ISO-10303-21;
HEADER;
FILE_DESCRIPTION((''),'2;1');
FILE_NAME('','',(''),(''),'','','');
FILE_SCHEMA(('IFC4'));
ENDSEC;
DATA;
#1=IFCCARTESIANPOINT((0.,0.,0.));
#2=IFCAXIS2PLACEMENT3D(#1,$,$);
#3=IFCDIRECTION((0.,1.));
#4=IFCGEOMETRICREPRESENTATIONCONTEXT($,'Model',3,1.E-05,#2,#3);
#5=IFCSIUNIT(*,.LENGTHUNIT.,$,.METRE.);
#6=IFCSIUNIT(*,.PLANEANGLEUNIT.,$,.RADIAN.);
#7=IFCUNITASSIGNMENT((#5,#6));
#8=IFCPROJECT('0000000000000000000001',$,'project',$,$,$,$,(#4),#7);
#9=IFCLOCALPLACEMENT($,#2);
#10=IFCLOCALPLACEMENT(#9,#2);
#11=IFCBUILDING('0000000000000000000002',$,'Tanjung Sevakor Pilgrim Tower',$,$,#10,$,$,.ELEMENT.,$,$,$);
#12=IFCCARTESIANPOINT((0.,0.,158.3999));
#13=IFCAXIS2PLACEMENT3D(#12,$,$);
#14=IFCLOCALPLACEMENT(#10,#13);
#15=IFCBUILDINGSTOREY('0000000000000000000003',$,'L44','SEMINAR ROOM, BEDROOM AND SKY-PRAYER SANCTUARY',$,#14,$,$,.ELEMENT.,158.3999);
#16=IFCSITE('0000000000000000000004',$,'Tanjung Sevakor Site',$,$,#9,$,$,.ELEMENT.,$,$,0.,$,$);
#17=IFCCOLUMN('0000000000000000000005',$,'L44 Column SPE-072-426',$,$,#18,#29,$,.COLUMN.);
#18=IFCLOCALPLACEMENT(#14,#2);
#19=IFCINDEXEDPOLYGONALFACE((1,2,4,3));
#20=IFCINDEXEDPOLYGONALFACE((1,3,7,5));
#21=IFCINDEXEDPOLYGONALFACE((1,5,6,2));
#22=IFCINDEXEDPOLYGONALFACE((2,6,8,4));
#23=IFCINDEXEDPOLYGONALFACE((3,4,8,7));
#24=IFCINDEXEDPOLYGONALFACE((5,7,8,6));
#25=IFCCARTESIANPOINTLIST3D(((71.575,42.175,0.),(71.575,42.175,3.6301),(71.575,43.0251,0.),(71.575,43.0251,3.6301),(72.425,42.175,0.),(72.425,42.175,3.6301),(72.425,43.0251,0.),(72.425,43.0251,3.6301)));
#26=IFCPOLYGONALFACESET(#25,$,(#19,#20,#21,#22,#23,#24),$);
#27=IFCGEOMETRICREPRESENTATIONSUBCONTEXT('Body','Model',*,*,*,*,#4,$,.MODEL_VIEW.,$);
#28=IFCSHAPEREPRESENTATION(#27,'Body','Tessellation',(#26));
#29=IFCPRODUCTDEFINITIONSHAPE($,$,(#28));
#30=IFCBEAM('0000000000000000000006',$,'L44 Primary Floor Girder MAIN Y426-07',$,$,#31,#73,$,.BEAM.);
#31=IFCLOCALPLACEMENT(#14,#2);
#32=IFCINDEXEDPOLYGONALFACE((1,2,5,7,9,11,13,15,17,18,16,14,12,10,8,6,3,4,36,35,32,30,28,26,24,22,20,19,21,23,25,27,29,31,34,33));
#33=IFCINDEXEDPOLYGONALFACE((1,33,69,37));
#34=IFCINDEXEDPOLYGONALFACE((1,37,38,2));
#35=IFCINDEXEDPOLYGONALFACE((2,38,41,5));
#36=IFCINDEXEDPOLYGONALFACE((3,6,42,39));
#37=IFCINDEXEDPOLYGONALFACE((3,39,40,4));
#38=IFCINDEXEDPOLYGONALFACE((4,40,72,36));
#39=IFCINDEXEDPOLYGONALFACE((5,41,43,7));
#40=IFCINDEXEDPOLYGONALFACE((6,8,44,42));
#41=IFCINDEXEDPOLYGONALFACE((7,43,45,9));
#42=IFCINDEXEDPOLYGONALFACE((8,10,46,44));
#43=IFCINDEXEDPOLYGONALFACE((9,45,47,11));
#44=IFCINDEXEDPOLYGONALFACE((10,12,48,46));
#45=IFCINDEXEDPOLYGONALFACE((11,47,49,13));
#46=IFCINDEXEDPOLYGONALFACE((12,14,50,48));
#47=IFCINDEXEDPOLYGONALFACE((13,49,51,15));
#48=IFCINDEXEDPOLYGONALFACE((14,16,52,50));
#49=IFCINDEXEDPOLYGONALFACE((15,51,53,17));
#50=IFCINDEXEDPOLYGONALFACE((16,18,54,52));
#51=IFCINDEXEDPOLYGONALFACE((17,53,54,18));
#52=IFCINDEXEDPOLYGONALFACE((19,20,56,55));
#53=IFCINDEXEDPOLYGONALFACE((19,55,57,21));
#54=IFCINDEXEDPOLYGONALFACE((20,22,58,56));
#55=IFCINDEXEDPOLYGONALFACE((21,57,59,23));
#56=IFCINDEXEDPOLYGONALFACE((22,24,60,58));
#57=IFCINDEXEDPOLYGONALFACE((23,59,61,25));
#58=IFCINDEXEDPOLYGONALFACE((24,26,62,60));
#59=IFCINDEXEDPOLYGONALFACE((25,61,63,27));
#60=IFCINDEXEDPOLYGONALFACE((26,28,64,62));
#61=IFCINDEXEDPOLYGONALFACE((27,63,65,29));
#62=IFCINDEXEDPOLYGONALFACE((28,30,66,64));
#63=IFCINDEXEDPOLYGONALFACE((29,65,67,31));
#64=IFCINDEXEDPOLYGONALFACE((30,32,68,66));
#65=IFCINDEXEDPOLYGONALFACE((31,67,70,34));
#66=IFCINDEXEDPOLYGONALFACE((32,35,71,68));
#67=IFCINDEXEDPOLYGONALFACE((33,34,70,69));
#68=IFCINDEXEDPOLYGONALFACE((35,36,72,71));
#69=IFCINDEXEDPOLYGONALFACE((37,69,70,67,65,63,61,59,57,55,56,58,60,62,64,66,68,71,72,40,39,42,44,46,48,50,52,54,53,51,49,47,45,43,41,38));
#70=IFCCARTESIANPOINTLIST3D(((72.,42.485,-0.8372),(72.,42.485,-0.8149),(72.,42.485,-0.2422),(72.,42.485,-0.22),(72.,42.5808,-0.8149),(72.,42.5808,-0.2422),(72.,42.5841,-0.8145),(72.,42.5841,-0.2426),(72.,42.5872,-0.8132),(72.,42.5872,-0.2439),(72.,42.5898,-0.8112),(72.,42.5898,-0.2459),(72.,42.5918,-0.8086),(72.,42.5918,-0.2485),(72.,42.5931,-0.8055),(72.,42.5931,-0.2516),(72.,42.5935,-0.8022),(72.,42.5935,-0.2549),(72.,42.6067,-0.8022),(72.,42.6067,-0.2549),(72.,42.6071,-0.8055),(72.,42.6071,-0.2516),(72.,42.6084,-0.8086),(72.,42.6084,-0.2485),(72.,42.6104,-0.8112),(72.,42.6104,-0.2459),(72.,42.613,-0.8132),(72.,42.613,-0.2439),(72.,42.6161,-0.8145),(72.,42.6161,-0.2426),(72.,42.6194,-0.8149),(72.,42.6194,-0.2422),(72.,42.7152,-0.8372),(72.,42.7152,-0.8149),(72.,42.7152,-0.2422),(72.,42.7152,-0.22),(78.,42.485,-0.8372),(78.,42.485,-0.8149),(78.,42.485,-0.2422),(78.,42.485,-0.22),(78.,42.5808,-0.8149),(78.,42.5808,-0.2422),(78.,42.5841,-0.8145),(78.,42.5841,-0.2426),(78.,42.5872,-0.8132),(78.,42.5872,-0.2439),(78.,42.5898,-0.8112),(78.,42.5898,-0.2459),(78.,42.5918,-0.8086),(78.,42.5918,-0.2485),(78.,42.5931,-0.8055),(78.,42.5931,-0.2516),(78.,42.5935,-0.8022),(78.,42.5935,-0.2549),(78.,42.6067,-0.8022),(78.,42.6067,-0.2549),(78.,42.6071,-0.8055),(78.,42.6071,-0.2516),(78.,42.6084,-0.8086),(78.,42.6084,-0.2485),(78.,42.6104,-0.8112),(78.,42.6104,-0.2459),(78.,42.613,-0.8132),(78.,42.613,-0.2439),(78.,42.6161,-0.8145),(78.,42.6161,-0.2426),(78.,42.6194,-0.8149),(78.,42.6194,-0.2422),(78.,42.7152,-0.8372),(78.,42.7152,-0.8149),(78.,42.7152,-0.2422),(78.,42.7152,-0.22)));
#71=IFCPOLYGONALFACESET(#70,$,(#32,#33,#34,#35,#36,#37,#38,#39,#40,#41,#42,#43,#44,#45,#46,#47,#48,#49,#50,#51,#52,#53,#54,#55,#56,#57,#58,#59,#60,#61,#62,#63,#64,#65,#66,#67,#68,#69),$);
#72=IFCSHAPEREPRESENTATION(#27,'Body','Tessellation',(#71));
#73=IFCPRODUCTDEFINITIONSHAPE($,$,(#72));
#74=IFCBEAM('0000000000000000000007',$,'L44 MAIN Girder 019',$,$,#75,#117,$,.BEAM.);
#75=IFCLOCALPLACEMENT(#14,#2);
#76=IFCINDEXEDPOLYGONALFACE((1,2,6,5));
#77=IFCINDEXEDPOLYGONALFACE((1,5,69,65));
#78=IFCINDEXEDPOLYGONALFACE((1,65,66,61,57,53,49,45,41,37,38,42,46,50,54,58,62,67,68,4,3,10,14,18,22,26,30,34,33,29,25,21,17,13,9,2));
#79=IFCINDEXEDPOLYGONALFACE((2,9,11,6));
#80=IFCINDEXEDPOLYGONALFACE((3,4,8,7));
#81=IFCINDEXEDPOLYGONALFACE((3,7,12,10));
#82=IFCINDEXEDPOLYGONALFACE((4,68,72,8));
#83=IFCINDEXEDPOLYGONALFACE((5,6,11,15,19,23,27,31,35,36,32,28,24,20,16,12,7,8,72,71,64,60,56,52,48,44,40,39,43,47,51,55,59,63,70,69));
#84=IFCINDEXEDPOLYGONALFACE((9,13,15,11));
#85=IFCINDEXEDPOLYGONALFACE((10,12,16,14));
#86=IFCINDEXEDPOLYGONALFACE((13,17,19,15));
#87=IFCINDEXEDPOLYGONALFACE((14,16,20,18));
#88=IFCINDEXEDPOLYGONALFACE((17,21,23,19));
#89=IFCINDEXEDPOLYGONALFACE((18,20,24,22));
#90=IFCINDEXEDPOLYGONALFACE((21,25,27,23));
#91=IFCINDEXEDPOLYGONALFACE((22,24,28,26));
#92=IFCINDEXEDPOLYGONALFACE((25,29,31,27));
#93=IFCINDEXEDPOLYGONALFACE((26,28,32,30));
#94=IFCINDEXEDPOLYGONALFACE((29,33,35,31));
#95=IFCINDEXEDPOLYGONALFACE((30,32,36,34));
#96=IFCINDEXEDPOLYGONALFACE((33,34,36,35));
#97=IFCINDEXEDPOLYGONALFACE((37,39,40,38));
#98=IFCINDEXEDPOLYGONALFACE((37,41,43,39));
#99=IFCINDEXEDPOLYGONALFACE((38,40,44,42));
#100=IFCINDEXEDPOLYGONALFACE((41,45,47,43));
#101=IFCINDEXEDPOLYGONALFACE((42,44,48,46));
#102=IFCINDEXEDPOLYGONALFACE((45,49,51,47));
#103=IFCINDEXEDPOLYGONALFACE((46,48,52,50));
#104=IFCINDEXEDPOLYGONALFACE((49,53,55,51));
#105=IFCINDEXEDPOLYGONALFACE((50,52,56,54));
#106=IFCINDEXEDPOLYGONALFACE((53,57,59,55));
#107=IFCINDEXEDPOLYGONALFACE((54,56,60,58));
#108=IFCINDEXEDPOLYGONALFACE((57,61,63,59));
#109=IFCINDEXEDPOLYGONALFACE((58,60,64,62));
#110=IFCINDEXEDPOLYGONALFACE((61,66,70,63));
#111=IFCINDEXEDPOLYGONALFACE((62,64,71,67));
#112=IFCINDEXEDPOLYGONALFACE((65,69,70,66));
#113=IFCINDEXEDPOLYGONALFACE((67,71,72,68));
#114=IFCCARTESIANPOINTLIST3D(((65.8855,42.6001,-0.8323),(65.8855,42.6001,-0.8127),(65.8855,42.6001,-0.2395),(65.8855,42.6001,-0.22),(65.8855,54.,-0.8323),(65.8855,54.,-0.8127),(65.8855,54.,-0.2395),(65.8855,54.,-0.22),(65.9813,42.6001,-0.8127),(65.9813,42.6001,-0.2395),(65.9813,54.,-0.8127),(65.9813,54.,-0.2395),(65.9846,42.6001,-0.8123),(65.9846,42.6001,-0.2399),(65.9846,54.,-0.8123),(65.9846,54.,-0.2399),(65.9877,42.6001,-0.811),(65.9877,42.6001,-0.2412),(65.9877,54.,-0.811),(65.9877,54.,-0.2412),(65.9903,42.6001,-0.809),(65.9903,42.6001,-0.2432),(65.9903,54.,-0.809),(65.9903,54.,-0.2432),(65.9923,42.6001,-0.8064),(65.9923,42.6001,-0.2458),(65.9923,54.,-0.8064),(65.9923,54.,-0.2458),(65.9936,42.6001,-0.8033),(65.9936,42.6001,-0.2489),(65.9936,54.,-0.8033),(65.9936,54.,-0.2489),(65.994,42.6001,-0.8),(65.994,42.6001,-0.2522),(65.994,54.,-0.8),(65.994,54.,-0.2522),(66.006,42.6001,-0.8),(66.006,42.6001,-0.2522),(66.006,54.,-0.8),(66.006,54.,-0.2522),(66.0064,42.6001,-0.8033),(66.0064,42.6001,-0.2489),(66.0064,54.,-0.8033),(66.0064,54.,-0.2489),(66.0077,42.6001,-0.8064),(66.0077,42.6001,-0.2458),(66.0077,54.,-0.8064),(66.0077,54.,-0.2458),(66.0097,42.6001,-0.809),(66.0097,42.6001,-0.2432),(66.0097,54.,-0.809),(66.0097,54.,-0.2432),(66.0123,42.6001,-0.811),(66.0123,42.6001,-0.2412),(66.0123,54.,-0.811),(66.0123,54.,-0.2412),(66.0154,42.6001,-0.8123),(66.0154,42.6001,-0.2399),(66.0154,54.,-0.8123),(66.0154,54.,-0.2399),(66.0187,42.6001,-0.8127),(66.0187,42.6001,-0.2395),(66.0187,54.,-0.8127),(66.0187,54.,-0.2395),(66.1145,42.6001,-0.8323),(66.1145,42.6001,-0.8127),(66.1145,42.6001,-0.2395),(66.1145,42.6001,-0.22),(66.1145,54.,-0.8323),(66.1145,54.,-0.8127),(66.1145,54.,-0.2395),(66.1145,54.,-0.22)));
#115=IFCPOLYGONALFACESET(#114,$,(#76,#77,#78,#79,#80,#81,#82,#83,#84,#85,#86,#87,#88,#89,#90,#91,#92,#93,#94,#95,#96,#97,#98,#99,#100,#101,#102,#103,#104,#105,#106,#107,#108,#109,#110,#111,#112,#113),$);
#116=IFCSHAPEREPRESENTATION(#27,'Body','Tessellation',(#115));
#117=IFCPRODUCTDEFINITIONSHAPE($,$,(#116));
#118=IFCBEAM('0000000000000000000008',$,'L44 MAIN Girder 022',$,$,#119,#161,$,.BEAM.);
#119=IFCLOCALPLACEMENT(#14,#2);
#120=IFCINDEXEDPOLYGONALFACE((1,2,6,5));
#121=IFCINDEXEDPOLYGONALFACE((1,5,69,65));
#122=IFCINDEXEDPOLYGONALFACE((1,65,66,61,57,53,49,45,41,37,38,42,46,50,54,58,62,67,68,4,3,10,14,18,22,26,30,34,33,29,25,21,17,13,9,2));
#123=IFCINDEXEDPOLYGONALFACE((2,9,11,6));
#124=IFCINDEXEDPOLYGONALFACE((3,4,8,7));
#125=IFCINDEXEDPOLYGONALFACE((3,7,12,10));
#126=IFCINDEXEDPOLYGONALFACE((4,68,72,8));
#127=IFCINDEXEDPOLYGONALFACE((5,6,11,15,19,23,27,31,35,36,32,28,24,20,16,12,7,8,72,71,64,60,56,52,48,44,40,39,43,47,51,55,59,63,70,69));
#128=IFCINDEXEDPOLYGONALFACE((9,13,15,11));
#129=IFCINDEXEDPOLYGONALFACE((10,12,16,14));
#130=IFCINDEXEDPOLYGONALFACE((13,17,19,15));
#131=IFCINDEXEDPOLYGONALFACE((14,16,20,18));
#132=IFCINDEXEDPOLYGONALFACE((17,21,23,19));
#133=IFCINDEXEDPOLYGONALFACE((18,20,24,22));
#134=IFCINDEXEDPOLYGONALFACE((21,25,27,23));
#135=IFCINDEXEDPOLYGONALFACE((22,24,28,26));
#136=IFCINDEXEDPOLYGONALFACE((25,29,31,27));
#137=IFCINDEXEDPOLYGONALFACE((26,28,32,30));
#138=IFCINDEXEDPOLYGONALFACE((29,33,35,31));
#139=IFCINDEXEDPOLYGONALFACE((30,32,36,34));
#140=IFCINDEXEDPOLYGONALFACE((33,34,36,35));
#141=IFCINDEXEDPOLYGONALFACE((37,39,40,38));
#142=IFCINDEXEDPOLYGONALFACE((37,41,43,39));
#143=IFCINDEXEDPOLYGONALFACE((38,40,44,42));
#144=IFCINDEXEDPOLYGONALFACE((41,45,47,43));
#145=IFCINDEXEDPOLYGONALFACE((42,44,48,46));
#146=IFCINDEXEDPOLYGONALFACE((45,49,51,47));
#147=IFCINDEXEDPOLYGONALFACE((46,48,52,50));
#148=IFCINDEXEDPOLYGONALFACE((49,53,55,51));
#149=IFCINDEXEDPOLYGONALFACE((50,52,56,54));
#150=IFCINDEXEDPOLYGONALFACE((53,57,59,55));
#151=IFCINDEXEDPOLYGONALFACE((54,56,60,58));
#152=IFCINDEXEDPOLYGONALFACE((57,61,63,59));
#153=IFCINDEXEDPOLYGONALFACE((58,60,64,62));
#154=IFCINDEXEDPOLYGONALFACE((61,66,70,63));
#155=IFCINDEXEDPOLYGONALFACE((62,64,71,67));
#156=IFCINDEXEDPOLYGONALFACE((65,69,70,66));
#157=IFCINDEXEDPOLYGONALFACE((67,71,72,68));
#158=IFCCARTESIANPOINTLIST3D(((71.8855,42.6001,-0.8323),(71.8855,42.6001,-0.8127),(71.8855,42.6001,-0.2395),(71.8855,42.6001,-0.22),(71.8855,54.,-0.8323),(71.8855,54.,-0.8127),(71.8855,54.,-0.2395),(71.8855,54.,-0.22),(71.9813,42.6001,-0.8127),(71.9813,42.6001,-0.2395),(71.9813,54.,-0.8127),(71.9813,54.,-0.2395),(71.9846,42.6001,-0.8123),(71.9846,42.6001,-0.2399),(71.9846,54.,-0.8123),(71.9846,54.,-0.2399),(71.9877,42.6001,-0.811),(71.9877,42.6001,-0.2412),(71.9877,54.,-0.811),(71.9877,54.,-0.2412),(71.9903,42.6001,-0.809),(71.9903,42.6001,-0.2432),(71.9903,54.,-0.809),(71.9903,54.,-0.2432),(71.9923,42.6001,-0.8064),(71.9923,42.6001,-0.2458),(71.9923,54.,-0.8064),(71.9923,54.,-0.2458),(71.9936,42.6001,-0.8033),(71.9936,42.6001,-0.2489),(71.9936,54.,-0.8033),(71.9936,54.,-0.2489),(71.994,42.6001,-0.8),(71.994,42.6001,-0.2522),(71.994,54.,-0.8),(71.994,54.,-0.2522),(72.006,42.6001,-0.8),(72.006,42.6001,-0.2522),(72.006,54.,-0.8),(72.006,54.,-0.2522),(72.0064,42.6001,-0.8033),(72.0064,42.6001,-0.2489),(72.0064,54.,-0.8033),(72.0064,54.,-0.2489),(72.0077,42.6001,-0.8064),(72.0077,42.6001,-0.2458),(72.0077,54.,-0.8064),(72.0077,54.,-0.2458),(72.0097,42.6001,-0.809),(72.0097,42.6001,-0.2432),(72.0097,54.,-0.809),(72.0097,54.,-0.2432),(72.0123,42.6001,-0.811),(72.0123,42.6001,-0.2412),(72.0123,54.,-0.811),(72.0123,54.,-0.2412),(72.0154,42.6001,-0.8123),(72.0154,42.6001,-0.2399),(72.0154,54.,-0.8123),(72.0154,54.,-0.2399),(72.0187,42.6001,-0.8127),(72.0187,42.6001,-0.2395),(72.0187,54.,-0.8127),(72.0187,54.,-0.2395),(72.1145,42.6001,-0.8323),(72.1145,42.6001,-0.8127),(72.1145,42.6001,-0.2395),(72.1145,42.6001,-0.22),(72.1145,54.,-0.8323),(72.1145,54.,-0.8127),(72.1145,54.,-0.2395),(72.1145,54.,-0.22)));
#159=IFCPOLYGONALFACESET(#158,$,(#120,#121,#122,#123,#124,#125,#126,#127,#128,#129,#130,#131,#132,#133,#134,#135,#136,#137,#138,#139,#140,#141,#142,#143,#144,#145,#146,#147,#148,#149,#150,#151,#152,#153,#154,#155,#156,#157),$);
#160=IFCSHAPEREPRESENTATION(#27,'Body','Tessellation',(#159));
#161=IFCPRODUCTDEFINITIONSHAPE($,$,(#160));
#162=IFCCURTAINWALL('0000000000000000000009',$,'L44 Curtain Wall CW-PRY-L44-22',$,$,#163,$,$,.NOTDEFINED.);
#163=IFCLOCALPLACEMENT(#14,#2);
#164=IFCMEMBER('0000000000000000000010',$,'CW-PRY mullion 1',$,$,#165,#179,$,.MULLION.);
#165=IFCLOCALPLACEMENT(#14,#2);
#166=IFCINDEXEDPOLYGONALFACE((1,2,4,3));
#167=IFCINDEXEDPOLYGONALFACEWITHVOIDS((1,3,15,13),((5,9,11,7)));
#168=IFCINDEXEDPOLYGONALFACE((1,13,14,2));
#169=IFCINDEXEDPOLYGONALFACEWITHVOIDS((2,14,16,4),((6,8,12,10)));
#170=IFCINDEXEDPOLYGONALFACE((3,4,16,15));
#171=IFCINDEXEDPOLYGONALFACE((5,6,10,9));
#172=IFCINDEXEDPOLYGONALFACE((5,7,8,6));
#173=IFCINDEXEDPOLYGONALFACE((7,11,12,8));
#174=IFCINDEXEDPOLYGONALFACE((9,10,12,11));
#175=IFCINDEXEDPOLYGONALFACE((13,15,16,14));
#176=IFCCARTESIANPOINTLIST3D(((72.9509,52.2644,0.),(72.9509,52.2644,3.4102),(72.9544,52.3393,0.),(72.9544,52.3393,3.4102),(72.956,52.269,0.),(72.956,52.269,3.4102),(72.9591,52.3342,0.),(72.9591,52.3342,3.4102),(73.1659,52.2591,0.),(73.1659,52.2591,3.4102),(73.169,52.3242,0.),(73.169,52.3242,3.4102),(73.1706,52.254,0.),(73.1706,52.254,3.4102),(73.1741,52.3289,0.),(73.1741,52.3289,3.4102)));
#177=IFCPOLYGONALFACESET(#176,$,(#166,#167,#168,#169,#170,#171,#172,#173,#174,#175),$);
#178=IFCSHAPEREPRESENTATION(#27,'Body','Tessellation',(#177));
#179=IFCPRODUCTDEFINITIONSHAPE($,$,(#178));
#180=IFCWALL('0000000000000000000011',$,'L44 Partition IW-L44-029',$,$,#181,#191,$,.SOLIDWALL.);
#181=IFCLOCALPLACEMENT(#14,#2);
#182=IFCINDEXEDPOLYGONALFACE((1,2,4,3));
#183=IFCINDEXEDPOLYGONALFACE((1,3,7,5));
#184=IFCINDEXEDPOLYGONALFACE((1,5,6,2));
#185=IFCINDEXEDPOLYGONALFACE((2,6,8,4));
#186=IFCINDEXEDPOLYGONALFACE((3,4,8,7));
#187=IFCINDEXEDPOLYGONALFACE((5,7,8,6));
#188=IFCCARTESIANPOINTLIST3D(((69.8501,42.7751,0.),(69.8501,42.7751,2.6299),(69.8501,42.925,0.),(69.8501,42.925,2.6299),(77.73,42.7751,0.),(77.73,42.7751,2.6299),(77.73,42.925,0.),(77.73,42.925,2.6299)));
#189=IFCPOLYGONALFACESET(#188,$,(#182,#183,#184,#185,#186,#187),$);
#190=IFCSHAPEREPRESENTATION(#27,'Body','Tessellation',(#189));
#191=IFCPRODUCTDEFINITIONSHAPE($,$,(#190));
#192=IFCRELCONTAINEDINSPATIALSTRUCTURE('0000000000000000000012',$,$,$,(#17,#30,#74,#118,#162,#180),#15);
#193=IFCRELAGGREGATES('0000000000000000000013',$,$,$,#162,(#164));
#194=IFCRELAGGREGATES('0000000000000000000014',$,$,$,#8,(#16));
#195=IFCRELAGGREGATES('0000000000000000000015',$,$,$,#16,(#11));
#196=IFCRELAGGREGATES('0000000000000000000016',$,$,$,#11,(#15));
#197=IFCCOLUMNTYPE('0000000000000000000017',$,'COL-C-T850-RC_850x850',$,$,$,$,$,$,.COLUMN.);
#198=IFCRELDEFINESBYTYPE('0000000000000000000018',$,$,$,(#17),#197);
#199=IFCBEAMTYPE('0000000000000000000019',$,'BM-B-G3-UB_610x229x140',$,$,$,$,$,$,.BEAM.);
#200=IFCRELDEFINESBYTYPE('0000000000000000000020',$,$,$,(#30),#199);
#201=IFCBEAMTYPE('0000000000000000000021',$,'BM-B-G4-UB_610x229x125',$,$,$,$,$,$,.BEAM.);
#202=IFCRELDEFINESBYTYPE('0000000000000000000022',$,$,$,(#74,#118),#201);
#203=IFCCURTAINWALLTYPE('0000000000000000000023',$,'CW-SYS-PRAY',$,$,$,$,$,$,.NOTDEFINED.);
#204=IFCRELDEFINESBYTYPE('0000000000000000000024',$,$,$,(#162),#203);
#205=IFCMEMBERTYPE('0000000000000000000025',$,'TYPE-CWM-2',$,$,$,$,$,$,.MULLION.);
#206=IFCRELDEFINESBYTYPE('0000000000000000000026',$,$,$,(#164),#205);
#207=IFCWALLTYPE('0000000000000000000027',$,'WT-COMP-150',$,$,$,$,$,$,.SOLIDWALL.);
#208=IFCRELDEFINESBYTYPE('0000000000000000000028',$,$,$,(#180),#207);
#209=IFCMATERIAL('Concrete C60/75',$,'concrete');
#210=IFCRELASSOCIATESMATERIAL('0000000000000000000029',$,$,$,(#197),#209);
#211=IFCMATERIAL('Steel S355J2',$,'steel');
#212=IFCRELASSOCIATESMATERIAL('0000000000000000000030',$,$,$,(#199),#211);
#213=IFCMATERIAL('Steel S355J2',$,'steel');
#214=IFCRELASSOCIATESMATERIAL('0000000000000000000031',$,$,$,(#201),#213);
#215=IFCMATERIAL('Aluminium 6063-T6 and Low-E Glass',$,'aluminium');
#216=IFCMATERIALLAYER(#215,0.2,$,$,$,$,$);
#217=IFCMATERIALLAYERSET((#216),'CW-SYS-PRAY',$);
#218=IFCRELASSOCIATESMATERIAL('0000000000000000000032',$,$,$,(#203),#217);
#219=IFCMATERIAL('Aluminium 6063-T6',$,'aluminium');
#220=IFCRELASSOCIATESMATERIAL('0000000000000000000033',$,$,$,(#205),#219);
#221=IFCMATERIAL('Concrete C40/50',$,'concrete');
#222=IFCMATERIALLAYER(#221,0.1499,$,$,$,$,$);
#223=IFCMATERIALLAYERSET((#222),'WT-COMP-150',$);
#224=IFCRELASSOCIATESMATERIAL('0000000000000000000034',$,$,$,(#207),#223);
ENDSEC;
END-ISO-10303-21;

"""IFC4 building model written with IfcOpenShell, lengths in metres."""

from ifc_helpers import new_model, si_unit, direction, frame, frame_2d, origin, origin_2d, place, context, subcontext, project, spatial, rectangle, hollow_rectangle, i_section, extrude, material, layer, layer_set, material_profile, profile_set, type_object, element, aggregate, save


model = new_model("IFC4")

# Units and contexts
model_context = context("Model", 3, precision=1e-05, world=origin(), true_north=direction((0.0, 1.0)))
body_context = subcontext(model_context, "Body", "Model", "MODEL_VIEW")
ifc_project = project(units=[si_unit("LENGTHUNIT", "METRE"), si_unit("PLANEANGLEUNIT", "RADIAN")], contexts=[model_context])

# Site, building, storey
site_placement = place(None, origin())
site = spatial("IfcSite", under=ifc_project, at=site_placement, Name="Tanjung Sevakor Site", CompositionType="ELEMENT", RefElevation=0.0)
building_placement = place(site_placement, origin())
building = spatial("IfcBuilding", under=site, at=building_placement, Name="Tanjung Sevakor Pilgrim Tower", CompositionType="ELEMENT")
storey_placement = place(building_placement, frame((0.0, 0.0, 158.3999)))
storey = spatial("IfcBuildingStorey", under=building, at=storey_placement, Name="L44", Description="SEMINAR ROOM, BEDROOM AND SKY-PRAYER SANCTUARY", CompositionType="ELEMENT", Elevation=158.3999)

# Column
ifc_material_1 = material(Name="Concrete C60/75", Category="concrete")
ifc_material_profile_1 = material_profile(ifc_material_1, rectangle(XDim=0.8501, YDim=0.8501, at=origin_2d()))
ifc_profile_set_1 = profile_set([ifc_material_profile_1], Name="Concrete C60/75")
column_type = type_object("IfcColumnType", Name="COL-C-T850-RC_850x850", PredefinedType="COLUMN", material=ifc_profile_set_1)
column_placement = place(storey_placement, frame((72.0, 42.6001, 0.0), z_axis=(0.0, 0.0, 1.0), x_axis=(1.0, 0.0, 0.0)))
element("IfcColumn", 1, at=column_placement, inside=storey, type_object=column_type, Name="L44 Column SPE-072-426", PredefinedType="COLUMN", context=body_context, shape_type="SweptSolid", body=[
    extrude(rectangle(XDim=0.8501, YDim=0.8501, at=origin_2d()), origin(), (0.0, 0.0, 1.0), 3.6301),
])

# Beams
ifc_material_2 = material(Name="Steel S355J2", Category="steel")
ifc_material_profile_2 = material_profile(ifc_material_2, i_section(OverallWidth=0.2302, OverallDepth=0.6172, WebThickness=0.0132, FlangeThickness=0.0222, FilletRadius=0.0127, at=origin_2d()))
ifc_profile_set_2 = profile_set([ifc_material_profile_2], Name="Steel S355J2")
beam_type_1 = type_object("IfcBeamType", Name="BM-B-G3-UB_610x229x140", PredefinedType="BEAM", material=ifc_profile_set_2)
beam_placement = place(storey_placement, frame((72.0, 42.6001, -0.5286), z_axis=(1.0, 0.0, 0.0), x_axis=(0.0, 1.0, 0.0)))
element("IfcBeam", 2, at=beam_placement, inside=storey, type_object=beam_type_1, Name="L44 Primary Floor Girder MAIN Y426-07", PredefinedType="BEAM", context=body_context, shape_type="SweptSolid", body=[
    extrude(i_section(OverallWidth=0.2302, OverallDepth=0.6172, WebThickness=0.0132, FlangeThickness=0.0222, FilletRadius=0.0127, at=origin_2d()), origin(), (0.0, 0.0, 1.0), 6.0),
])
ifc_material_3 = material(Name="Steel S355J2", Category="steel")
ifc_material_profile_3 = material_profile(ifc_material_3, i_section(OverallWidth=0.229, OverallDepth=0.6123, WebThickness=0.012, FlangeThickness=0.0195, FilletRadius=0.0127, at=origin_2d()))
ifc_profile_set_3 = profile_set([ifc_material_profile_3], Name="Steel S355J2")
beam_type_2 = type_object("IfcBeamType", Name="BM-B-G4-UB_610x229x125", PredefinedType="BEAM", material=ifc_profile_set_3)
for number, where, z_axis, x_axis, name in (
    (3, (66.0, 42.6001, -0.5261), (0.0, 1.0, 0.0), (-1.0, 0.0, 0.0), "L44 MAIN Girder 019"),
    (4, (72.0, 42.6001, -0.5261), (0.0, 1.0, 0.0), (-1.0, 0.0, 0.0), "L44 MAIN Girder 022"),
):
    element("IfcBeam", number, at=place(storey_placement, frame(where, z_axis=z_axis, x_axis=x_axis)), inside=storey, type_object=beam_type_2, Name=name, PredefinedType="BEAM", context=body_context, shape_type="SweptSolid", body=[
        extrude(i_section(OverallWidth=0.229, OverallDepth=0.6123, WebThickness=0.012, FlangeThickness=0.0195, FilletRadius=0.0127, at=origin_2d()), origin(), (0.0, 0.0, 1.0), 11.3999),
    ])

# Curtain wall, member
ifc_material_4 = material(Name="Aluminium 6063-T6 and Low-E Glass", Category="aluminium")
ifc_layer_1 = layer(ifc_material_4, 0.2)
ifc_layer_set_1 = layer_set([ifc_layer_1], Name="CW-SYS-PRAY")
curtain_wall_type = type_object("IfcCurtainWallType", Name="CW-SYS-PRAY", PredefinedType="NOTDEFINED", material=ifc_layer_set_1)
curtain_wall_placement = place(storey_placement, origin())
curtain_wall = element("IfcCurtainWall", 5, at=curtain_wall_placement, inside=storey, type_object=curtain_wall_type, Name="L44 Curtain Wall CW-PRY-L44-22", PredefinedType="NOTDEFINED")
ifc_material_5 = material(Name="Aluminium 6063-T6", Category="aluminium")
ifc_material_profile_4 = material_profile(ifc_material_5, hollow_rectangle(XDim=0.075, YDim=0.22, WallThickness=0.0049, at=origin_2d()))
ifc_profile_set_4 = profile_set([ifc_material_profile_4], Name="Aluminium 6063-T6")
member_type = type_object("IfcMemberType", Name="TYPE-CWM-2", PredefinedType="MULLION", material=ifc_profile_set_4)
member_placement = place(storey_placement, frame((73.0625, 52.2966, 0.0), z_axis=(0.0, 0.0, 1.0), x_axis=(-0.047333, -0.998879, 0.0)))
member = element("IfcMember", 6, at=member_placement, type_object=member_type, Name="CW-PRY mullion 1", PredefinedType="MULLION", context=body_context, shape_type="SweptSolid", body=[
    extrude(hollow_rectangle(XDim=0.075, YDim=0.22, WallThickness=0.0049, at=origin_2d()), origin(), (0.0, 0.0, 1.0), 3.4102),
])
aggregate(curtain_wall, [member])

# Wall
ifc_material_6 = material(Name="Concrete C40/50", Category="concrete")
ifc_layer_2 = layer(ifc_material_6, 0.1499)
ifc_layer_set_2 = layer_set([ifc_layer_2], Name="WT-COMP-150")
wall_type_1 = type_object("IfcWallType", Name="WT-COMP-150", PredefinedType="SOLIDWALL", material=ifc_layer_set_2)
wall_1_placement = place(storey_placement, frame((69.8501, 42.8501, 0.0), z_axis=(0.0, 0.0, 1.0), x_axis=(1.0, 0.0, 0.0)))
element("IfcWall", 7, at=wall_1_placement, inside=storey, type_object=wall_type_1, Name="L44 Partition IW-L44-029", PredefinedType="SOLIDWALL", context=body_context, shape_type="SweptSolid", body=[
    extrude(rectangle(XDim=7.8799, YDim=0.1499, at=frame_2d((3.9399, 0.0))), origin(), (0.0, 0.0, 1.0), 2.6299),
])

save(model, "model.ifc")
